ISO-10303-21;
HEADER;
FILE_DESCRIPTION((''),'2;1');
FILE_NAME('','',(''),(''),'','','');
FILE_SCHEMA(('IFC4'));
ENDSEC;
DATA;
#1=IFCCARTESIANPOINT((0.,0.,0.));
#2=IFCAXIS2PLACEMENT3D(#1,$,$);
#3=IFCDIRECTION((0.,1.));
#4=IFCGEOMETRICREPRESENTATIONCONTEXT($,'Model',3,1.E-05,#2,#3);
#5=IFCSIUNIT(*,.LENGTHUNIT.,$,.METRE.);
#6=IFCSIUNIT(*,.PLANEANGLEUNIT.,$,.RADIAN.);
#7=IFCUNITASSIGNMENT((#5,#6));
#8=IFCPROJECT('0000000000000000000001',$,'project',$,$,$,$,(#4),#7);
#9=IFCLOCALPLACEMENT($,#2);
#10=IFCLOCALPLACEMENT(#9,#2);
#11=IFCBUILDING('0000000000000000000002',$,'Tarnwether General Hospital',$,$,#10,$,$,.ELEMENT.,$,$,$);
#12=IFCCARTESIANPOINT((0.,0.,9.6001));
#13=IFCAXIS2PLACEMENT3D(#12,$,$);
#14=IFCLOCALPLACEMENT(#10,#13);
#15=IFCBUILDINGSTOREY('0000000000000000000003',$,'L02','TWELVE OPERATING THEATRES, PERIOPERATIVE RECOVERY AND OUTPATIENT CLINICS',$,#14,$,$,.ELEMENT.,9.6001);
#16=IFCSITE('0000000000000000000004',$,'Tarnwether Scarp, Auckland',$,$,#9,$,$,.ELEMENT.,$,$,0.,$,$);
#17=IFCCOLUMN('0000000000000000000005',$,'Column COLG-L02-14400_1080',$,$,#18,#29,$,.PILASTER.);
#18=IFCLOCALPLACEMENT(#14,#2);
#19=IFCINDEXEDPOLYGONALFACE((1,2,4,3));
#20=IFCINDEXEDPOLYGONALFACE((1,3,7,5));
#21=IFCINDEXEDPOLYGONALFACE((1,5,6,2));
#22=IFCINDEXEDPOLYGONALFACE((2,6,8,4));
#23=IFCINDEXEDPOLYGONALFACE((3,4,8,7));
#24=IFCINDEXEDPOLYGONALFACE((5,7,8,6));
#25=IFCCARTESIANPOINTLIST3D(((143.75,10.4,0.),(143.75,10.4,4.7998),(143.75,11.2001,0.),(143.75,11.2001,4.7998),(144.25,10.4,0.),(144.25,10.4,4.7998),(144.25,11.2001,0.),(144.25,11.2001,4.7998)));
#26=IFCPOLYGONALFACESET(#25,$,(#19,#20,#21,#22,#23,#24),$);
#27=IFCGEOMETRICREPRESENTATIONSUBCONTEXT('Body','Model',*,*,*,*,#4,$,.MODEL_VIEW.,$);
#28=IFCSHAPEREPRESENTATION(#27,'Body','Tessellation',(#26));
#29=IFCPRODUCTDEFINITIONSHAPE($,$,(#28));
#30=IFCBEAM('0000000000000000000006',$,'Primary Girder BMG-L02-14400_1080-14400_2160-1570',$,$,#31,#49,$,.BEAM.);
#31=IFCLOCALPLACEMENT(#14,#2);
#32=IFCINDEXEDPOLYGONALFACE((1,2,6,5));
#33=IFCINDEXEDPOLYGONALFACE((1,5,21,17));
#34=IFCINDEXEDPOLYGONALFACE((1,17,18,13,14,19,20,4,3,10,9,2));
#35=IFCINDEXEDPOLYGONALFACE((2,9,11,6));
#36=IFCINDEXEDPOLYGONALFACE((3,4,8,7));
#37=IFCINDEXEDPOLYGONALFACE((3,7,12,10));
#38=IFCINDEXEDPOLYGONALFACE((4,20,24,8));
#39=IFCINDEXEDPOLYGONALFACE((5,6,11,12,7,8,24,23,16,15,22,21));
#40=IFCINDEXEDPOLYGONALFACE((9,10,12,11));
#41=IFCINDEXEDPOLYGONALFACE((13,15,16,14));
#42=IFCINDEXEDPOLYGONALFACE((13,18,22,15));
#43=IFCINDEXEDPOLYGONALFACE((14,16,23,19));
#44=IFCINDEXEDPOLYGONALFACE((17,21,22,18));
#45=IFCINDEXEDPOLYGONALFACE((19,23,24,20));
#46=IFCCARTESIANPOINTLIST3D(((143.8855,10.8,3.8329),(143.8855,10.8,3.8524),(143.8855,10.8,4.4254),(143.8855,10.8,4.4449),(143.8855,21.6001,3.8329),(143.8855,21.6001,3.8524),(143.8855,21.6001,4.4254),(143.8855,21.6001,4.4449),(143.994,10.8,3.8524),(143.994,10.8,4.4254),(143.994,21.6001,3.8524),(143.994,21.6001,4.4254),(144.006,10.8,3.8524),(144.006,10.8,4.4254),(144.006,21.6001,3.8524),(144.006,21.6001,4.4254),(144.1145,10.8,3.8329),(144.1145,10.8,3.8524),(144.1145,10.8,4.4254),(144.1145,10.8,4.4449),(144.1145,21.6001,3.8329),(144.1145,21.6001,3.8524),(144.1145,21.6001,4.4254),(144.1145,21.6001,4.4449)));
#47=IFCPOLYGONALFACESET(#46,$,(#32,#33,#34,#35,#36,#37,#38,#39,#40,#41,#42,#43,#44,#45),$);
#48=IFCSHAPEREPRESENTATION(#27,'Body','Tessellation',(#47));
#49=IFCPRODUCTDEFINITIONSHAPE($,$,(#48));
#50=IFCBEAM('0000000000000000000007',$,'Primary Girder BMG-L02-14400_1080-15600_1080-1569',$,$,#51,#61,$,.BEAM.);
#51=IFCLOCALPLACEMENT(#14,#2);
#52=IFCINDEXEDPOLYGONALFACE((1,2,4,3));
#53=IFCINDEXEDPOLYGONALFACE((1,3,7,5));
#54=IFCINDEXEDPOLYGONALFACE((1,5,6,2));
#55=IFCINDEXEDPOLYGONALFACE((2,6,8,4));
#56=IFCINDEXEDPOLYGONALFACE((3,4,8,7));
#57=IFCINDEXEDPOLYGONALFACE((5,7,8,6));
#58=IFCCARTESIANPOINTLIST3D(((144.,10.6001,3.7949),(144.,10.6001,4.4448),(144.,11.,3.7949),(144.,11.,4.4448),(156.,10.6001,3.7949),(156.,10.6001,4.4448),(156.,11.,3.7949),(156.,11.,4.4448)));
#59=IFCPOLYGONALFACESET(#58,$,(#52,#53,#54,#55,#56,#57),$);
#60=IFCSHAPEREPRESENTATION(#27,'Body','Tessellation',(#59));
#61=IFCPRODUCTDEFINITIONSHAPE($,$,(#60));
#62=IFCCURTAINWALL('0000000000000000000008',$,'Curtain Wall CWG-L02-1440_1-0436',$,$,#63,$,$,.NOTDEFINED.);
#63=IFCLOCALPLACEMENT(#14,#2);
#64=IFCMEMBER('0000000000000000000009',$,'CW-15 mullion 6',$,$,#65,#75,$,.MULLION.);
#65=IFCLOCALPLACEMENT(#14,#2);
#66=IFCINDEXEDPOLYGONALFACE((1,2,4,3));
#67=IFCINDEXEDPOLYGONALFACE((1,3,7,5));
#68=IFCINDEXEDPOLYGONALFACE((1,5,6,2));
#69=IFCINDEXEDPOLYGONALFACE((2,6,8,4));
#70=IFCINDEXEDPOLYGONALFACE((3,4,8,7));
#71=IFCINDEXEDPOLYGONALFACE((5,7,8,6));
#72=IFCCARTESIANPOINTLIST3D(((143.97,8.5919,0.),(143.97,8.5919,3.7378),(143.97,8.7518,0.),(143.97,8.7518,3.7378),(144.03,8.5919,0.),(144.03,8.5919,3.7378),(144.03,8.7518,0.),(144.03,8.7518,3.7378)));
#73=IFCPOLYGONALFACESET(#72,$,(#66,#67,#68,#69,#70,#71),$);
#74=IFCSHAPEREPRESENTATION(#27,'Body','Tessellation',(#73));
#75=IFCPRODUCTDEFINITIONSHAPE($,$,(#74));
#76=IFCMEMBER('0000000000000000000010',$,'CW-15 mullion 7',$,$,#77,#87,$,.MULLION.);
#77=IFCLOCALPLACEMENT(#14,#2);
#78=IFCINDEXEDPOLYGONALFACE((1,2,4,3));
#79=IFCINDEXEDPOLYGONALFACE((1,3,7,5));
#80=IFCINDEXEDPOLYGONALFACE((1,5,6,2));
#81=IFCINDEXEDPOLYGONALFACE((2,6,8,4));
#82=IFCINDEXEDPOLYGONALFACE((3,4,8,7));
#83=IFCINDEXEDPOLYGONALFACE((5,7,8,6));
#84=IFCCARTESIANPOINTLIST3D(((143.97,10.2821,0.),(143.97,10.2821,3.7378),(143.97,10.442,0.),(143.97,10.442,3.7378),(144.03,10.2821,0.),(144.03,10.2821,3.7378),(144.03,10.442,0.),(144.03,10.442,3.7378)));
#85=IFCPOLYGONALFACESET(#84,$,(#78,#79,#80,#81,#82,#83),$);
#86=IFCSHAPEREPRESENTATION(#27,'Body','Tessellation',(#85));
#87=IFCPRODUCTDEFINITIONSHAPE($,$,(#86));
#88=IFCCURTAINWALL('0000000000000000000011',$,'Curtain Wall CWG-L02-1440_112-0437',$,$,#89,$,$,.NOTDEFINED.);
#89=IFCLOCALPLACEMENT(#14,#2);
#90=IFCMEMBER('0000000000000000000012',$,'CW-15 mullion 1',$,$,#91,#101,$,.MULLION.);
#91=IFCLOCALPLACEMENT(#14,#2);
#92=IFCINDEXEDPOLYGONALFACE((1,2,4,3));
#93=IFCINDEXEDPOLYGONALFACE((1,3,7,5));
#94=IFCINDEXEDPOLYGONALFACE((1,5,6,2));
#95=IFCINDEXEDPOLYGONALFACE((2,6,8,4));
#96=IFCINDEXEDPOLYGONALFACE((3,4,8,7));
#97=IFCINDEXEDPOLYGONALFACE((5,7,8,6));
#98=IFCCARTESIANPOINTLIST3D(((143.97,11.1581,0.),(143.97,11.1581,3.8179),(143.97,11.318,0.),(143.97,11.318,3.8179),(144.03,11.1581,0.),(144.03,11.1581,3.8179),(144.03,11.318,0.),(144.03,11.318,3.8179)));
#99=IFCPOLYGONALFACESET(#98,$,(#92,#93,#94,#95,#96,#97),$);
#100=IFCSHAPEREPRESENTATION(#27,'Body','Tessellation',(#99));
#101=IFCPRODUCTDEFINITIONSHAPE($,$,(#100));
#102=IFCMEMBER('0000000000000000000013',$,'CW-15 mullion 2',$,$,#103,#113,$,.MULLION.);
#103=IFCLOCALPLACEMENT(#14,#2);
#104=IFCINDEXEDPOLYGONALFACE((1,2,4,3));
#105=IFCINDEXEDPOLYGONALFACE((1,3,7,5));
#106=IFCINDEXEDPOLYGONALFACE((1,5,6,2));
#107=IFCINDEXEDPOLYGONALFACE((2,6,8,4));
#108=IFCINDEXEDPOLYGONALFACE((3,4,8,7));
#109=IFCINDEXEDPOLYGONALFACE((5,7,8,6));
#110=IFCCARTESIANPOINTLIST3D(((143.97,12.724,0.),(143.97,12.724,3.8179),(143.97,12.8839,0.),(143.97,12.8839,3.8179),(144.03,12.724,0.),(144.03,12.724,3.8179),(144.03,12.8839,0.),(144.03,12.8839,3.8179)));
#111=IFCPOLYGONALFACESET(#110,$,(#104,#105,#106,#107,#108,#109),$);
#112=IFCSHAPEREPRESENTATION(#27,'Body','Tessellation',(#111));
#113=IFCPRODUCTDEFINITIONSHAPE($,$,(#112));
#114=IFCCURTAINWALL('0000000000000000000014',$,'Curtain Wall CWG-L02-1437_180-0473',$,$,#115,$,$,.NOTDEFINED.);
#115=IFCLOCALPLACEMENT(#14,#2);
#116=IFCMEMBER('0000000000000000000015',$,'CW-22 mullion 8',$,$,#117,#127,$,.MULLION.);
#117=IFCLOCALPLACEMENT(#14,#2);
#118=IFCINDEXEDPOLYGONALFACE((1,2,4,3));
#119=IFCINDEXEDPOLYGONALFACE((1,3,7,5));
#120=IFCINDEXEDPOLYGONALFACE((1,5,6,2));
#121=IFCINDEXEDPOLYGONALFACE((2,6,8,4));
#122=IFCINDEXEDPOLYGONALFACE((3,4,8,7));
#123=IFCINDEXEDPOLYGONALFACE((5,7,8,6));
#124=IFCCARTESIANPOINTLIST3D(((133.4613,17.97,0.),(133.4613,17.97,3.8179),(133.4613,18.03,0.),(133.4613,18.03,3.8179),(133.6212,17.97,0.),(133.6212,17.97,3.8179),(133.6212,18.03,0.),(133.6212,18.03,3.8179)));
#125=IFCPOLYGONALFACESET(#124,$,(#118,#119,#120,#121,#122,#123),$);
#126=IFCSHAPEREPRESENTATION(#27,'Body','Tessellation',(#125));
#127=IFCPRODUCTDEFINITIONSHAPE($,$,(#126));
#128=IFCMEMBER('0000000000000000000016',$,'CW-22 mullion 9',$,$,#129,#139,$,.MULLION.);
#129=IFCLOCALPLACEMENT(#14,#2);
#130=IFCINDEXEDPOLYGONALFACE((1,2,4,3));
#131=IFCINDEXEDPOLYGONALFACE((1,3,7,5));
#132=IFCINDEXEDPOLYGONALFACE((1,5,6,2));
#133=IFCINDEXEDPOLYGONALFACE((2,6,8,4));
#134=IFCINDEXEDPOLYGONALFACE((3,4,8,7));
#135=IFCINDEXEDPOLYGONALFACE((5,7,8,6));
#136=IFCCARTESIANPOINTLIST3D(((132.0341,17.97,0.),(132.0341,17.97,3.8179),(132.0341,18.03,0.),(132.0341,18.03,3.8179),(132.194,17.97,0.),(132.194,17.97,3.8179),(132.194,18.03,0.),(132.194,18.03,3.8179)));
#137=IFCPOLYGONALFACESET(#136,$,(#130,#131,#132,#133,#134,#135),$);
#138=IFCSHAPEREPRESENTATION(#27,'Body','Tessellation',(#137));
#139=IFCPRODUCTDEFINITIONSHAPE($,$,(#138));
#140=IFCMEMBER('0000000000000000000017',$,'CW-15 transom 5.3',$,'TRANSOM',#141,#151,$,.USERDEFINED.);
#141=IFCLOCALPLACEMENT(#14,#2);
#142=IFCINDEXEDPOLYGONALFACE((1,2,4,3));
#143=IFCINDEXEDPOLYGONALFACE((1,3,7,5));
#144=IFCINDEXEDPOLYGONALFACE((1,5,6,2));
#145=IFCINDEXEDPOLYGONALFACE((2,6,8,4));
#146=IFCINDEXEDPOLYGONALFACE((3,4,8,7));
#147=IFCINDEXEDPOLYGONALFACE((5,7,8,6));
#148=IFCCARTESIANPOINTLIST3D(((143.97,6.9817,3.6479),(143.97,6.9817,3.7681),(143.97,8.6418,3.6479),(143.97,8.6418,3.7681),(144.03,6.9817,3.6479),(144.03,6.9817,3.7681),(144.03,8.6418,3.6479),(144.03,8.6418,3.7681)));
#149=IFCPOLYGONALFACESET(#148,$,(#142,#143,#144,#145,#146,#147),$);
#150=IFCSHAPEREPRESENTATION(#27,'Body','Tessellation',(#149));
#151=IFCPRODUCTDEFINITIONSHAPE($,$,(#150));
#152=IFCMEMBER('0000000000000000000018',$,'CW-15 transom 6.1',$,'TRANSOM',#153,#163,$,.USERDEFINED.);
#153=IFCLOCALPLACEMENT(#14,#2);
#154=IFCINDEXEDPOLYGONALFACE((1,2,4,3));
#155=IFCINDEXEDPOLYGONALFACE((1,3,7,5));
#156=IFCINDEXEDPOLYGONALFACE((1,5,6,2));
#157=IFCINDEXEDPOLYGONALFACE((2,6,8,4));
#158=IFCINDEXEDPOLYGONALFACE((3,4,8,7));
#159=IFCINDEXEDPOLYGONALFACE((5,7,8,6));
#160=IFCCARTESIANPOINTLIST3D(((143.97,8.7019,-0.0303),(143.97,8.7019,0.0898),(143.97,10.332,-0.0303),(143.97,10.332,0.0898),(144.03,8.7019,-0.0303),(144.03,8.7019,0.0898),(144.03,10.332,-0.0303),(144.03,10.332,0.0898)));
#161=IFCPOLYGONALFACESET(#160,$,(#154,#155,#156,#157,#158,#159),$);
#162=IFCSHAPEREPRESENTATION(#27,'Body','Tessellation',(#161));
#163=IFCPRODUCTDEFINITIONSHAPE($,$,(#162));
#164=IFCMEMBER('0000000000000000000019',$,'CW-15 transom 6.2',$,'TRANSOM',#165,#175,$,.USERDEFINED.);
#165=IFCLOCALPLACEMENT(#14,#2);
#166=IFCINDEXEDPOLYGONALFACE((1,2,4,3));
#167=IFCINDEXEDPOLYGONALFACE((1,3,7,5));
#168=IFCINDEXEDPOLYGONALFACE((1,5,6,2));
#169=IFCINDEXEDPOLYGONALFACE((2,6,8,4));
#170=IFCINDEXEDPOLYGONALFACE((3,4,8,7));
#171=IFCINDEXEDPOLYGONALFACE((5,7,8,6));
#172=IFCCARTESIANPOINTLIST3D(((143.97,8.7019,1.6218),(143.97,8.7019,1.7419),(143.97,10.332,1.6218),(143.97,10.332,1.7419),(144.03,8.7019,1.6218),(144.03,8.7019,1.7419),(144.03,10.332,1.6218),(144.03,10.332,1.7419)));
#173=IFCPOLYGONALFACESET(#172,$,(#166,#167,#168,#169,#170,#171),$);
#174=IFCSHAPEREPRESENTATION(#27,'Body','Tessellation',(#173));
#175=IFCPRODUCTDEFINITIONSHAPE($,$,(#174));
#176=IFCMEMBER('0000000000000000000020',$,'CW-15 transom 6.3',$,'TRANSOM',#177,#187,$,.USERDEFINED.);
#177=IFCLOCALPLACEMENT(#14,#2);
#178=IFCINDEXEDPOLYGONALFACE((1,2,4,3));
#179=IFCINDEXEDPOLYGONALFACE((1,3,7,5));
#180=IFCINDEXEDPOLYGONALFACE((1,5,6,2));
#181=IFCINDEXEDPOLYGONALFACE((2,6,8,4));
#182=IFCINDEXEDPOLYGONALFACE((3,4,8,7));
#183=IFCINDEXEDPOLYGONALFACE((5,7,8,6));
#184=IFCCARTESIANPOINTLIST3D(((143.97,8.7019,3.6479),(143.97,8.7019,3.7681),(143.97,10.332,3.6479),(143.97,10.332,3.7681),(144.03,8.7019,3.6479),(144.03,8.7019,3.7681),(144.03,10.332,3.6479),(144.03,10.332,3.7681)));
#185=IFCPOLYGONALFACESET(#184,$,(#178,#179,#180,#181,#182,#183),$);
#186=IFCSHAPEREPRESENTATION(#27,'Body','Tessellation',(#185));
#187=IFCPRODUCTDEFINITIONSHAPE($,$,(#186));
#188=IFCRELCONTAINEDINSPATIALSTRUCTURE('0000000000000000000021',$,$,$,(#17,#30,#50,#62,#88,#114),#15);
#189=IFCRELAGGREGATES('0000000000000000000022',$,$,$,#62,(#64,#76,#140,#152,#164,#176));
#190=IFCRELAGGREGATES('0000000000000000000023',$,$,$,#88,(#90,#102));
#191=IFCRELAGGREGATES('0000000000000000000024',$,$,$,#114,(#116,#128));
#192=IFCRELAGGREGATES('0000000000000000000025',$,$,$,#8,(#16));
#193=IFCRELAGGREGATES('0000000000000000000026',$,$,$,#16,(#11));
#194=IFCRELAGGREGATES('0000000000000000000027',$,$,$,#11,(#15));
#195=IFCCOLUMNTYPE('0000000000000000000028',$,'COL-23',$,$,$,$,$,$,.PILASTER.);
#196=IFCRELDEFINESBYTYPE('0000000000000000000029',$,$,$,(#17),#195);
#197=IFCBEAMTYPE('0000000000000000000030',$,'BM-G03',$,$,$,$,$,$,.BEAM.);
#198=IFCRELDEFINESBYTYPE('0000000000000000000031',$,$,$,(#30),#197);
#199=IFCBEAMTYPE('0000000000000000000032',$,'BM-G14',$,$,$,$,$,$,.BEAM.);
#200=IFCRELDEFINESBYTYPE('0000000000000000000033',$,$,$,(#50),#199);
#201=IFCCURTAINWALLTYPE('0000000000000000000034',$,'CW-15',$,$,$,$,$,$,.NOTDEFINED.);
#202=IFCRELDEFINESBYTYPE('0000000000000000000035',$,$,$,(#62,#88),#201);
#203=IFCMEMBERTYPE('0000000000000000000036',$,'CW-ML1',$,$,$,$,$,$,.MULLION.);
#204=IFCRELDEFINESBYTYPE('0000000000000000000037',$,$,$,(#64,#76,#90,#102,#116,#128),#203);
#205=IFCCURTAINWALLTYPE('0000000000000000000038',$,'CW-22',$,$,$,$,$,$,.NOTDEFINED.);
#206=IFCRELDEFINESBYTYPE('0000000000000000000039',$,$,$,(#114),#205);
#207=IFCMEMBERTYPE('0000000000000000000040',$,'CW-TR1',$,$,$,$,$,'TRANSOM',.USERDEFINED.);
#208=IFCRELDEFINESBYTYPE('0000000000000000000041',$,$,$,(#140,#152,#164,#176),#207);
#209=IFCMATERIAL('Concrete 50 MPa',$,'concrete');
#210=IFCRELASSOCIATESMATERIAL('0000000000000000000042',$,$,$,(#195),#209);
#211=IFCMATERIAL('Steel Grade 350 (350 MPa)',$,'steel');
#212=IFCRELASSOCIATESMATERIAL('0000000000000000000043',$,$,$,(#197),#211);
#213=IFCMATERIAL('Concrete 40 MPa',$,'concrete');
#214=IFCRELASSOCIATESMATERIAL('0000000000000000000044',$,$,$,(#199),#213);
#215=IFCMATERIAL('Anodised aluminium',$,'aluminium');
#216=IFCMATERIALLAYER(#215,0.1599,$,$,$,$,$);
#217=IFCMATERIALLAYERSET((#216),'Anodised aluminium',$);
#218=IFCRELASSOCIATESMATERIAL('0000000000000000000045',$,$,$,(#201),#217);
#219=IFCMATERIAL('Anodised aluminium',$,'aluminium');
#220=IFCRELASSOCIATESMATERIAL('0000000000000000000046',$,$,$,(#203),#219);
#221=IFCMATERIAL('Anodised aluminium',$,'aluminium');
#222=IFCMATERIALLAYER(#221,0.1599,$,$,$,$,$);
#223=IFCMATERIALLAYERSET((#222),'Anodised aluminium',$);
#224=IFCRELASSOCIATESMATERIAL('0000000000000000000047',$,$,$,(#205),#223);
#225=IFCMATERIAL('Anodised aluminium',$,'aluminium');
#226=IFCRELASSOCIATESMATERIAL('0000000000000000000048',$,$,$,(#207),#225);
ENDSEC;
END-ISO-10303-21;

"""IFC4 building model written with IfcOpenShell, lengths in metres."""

from ifc_helpers import new_model, si_unit, direction, frame, origin, origin_2d, place, context, subcontext, project, spatial, rectangle, i_section, extrude, material, layer, layer_set, material_profile, profile_set, type_object, element, aggregate, save


model = new_model("IFC4")

# Units and contexts
model_context = context("Model", 3, precision=1e-05, world=origin(), true_north=direction((0.0, 1.0)))
body_context = subcontext(model_context, "Body", "Model", "MODEL_VIEW")
ifc_project = project(units=[si_unit("LENGTHUNIT", "METRE"), si_unit("PLANEANGLEUNIT", "RADIAN")], contexts=[model_context])

# Site, building, storey
site_placement = place(None, origin())
site = spatial("IfcSite", under=ifc_project, at=site_placement, Name="Tarnwether Scarp, Auckland", CompositionType="ELEMENT", RefElevation=0.0)
building_placement = place(site_placement, origin())
building = spatial("IfcBuilding", under=site, at=building_placement, Name="Tarnwether General Hospital", CompositionType="ELEMENT")
storey_placement = place(building_placement, frame((0.0, 0.0, 9.6001)))
storey = spatial("IfcBuildingStorey", under=building, at=storey_placement, Name="L02", Description="TWELVE OPERATING THEATRES, PERIOPERATIVE RECOVERY AND OUTPATIENT CLINICS", CompositionType="ELEMENT", Elevation=9.6001)

# Column
ifc_material_1 = material(Name="Concrete 50 MPa", Category="concrete")
ifc_material_profile_1 = material_profile(ifc_material_1, rectangle(XDim=0.5, YDim=0.8, at=origin_2d()), Name="RC-PIL-500x800")
ifc_profile_set_1 = profile_set([ifc_material_profile_1], Name="Concrete 50 MPa")
column_type = type_object("IfcColumnType", Name="COL-23", PredefinedType="PILASTER", material=ifc_profile_set_1)
column_placement = place(storey_placement, frame((144.0, 10.8, 0.0), z_axis=(0.0, 0.0, 1.0), x_axis=(1.0, 0.0, 0.0)))
element("IfcColumn", 1, at=column_placement, inside=storey, type_object=column_type, Name="Column COLG-L02-14400_1080", PredefinedType="PILASTER", context=body_context, shape_type="SweptSolid", body=[
    extrude(rectangle(XDim=0.5, YDim=0.8, at=origin_2d()), origin(), (0.0, 0.0, 1.0), 4.7998),
])

# Beams
ifc_material_2 = material(Name="Steel Grade 350 (350 MPa)", Category="steel")
ifc_material_profile_2 = material_profile(ifc_material_2, i_section(OverallWidth=0.229, OverallDepth=0.6121, WebThickness=0.012, FlangeThickness=0.0195, at=origin_2d()), Name="610UB125")
ifc_profile_set_2 = profile_set([ifc_material_profile_2], Name="Steel Grade 350 (350 MPa)")
beam_type_1 = type_object("IfcBeamType", Name="BM-G03", PredefinedType="BEAM", material=ifc_profile_set_2)
beam_1_placement = place(storey_placement, frame((144.0, 10.8, 4.1389), z_axis=(0.0, 1.0, 0.0), x_axis=(-1.0, 0.0, 0.0)))
element("IfcBeam", 2, at=beam_1_placement, inside=storey, type_object=beam_type_1, Name="Primary Girder BMG-L02-14400_1080-14400_2160-1570", PredefinedType="BEAM", context=body_context, shape_type="SweptSolid", body=[
    extrude(i_section(OverallWidth=0.229, OverallDepth=0.6121, WebThickness=0.012, FlangeThickness=0.0195, at=origin_2d()), origin(), (0.0, 0.0, 1.0), 10.8),
])
ifc_material_3 = material(Name="Concrete 40 MPa", Category="concrete")
ifc_material_profile_3 = material_profile(ifc_material_3, rectangle(XDim=0.3999, YDim=0.6499, at=origin_2d()), Name="RC-BM-400x650")
ifc_profile_set_3 = profile_set([ifc_material_profile_3], Name="Concrete 40 MPa")
beam_type_2 = type_object("IfcBeamType", Name="BM-G14", PredefinedType="BEAM", material=ifc_profile_set_3)
beam_2_placement = place(storey_placement, frame((144.0, 10.8, 4.1199), z_axis=(1.0, 0.0, 0.0), x_axis=(0.0, 1.0, 0.0)))
element("IfcBeam", 3, at=beam_2_placement, inside=storey, type_object=beam_type_2, Name="Primary Girder BMG-L02-14400_1080-15600_1080-1569", PredefinedType="BEAM", context=body_context, shape_type="SweptSolid", body=[
    extrude(rectangle(XDim=0.3999, YDim=0.6499, at=origin_2d()), origin(), (0.0, 0.0, 1.0), 12.0),
])

# Curtain walls, members
ifc_material_4 = material(Name="Anodised aluminium", Category="aluminium")
ifc_layer_1 = layer(ifc_material_4, 0.1599)
ifc_layer_set_1 = layer_set([ifc_layer_1], Name="Anodised aluminium")
curtain_wall_type_1 = type_object("IfcCurtainWallType", Name="CW-15", PredefinedType="NOTDEFINED", material=ifc_layer_set_1)
curtain_wall_1_placement = place(storey_placement, origin())
curtain_wall_1 = element("IfcCurtainWall", 4, at=curtain_wall_1_placement, inside=storey, type_object=curtain_wall_type_1, Name="Curtain Wall CWG-L02-1440_1-0436", PredefinedType="NOTDEFINED")
ifc_material_5 = material(Name="Anodised aluminium", Category="aluminium")
ifc_material_profile_4 = material_profile(ifc_material_5, rectangle(XDim=0.0601, YDim=0.1599, at=origin_2d()), Name="ALU-MUL-60x160")
ifc_profile_set_4 = profile_set([ifc_material_profile_4], Name="Anodised aluminium")
member_type_1 = type_object("IfcMemberType", Name="CW-ML1", PredefinedType="MULLION", material=ifc_profile_set_4)
member_1_placement = place(storey_placement, frame((144.0, 8.6719, 0.0), z_axis=(0.0, 0.0, 1.0), x_axis=(-1.0, 0.0, 0.0)))
member_1 = element("IfcMember", 5, at=member_1_placement, type_object=member_type_1, Name="CW-15 mullion 6", PredefinedType="MULLION", context=body_context, shape_type="SweptSolid", body=[
    extrude(rectangle(XDim=0.0601, YDim=0.1599, at=origin_2d()), origin(), (0.0, 0.0, 1.0), 3.7378),
])
member_2_placement = place(storey_placement, frame((144.0, 10.3621, 0.0), z_axis=(0.0, 0.0, 1.0), x_axis=(-1.0, 0.0, 0.0)))
member_2 = element("IfcMember", 6, at=member_2_placement, type_object=member_type_1, Name="CW-15 mullion 7", PredefinedType="MULLION", context=body_context, shape_type="SweptSolid", body=[
    extrude(rectangle(XDim=0.0601, YDim=0.1599, at=origin_2d()), origin(), (0.0, 0.0, 1.0), 3.7378),
])
curtain_wall_2_placement = place(storey_placement, origin())
curtain_wall_2 = element("IfcCurtainWall", 7, at=curtain_wall_2_placement, inside=storey, type_object=curtain_wall_type_1, Name="Curtain Wall CWG-L02-1440_112-0437", PredefinedType="NOTDEFINED")
member_3_placement = place(storey_placement, frame((144.0, 11.238, 0.0), z_axis=(0.0, 0.0, 1.0), x_axis=(-1.0, 0.0, 0.0)))
member_3 = element("IfcMember", 8, at=member_3_placement, type_object=member_type_1, Name="CW-15 mullion 1", PredefinedType="MULLION", context=body_context, shape_type="SweptSolid", body=[
    extrude(rectangle(XDim=0.0601, YDim=0.1599, at=origin_2d()), origin(), (0.0, 0.0, 1.0), 3.8179),
])
member_4_placement = place(storey_placement, frame((144.0, 12.804, 0.0), z_axis=(0.0, 0.0, 1.0), x_axis=(-1.0, 0.0, 0.0)))
member_4 = element("IfcMember", 9, at=member_4_placement, type_object=member_type_1, Name="CW-15 mullion 2", PredefinedType="MULLION", context=body_context, shape_type="SweptSolid", body=[
    extrude(rectangle(XDim=0.0601, YDim=0.1599, at=origin_2d()), origin(), (0.0, 0.0, 1.0), 3.8179),
])
ifc_material_6 = material(Name="Anodised aluminium", Category="aluminium")
ifc_layer_2 = layer(ifc_material_6, 0.1599)
ifc_layer_set_2 = layer_set([ifc_layer_2], Name="Anodised aluminium")
curtain_wall_type_2 = type_object("IfcCurtainWallType", Name="CW-22", PredefinedType="NOTDEFINED", material=ifc_layer_set_2)
curtain_wall_3_placement = place(storey_placement, origin())
curtain_wall_3 = element("IfcCurtainWall", 10, at=curtain_wall_3_placement, inside=storey, type_object=curtain_wall_type_2, Name="Curtain Wall CWG-L02-1437_180-0473", PredefinedType="NOTDEFINED")
member_5_placement = place(storey_placement, frame((133.5413, 18.0, 0.0), z_axis=(0.0, 0.0, 1.0), x_axis=(0.0, -1.0, 0.0)))
member_5 = element("IfcMember", 11, at=member_5_placement, type_object=member_type_1, Name="CW-22 mullion 8", PredefinedType="MULLION", context=body_context, shape_type="SweptSolid", body=[
    extrude(rectangle(XDim=0.0601, YDim=0.1599, at=origin_2d()), origin(), (0.0, 0.0, 1.0), 3.8179),
])
member_6_placement = place(storey_placement, frame((132.114, 18.0, 0.0), z_axis=(0.0, 0.0, 1.0), x_axis=(0.0, -1.0, 0.0)))
member_6 = element("IfcMember", 12, at=member_6_placement, type_object=member_type_1, Name="CW-22 mullion 9", PredefinedType="MULLION", context=body_context, shape_type="SweptSolid", body=[
    extrude(rectangle(XDim=0.0601, YDim=0.1599, at=origin_2d()), origin(), (0.0, 0.0, 1.0), 3.8179),
])

# Members
ifc_material_7 = material(Name="Anodised aluminium", Category="aluminium")
ifc_material_profile_5 = material_profile(ifc_material_7, rectangle(XDim=0.0601, YDim=0.1201, at=origin_2d()), Name="ALU-TRN-60x120")
ifc_profile_set_5 = profile_set([ifc_material_profile_5], Name="Anodised aluminium")
member_type_2 = type_object("IfcMemberType", Name="CW-TR1", ElementType="TRANSOM", PredefinedType="USERDEFINED", material=ifc_profile_set_5)
member_7_placement = place(storey_placement, frame((144.0, 6.9817, 3.708), z_axis=(0.0, 1.0, 0.0), x_axis=(-1.0, 0.0, 0.0)))
member_7 = element("IfcMember", 13, at=member_7_placement, type_object=member_type_2, Name="CW-15 transom 5.3", ObjectType="TRANSOM", PredefinedType="USERDEFINED", context=body_context, shape_type="SweptSolid", body=[
    extrude(rectangle(XDim=0.0601, YDim=0.1201, at=origin_2d()), origin(), (0.0, 0.0, 1.0), 1.6602),
])
member_8_placement = place(storey_placement, frame((144.0, 8.7019, 0.0298), z_axis=(0.0, 1.0, 0.0), x_axis=(-1.0, 0.0, 0.0)))
member_8 = element("IfcMember", 14, at=member_8_placement, type_object=member_type_2, Name="CW-15 transom 6.1", ObjectType="TRANSOM", PredefinedType="USERDEFINED", context=body_context, shape_type="SweptSolid", body=[
    extrude(rectangle(XDim=0.0601, YDim=0.1201, at=origin_2d()), origin(), (0.0, 0.0, 1.0), 1.6301),
])
member_9_placement = place(storey_placement, frame((144.0, 8.7019, 1.6819), z_axis=(0.0, 1.0, 0.0), x_axis=(-1.0, 0.0, 0.0)))
member_9 = element("IfcMember", 15, at=member_9_placement, type_object=member_type_2, Name="CW-15 transom 6.2", ObjectType="TRANSOM", PredefinedType="USERDEFINED", context=body_context, shape_type="SweptSolid", body=[
    extrude(rectangle(XDim=0.0601, YDim=0.1201, at=origin_2d()), origin(), (0.0, 0.0, 1.0), 1.6301),
])
member_10_placement = place(storey_placement, frame((144.0, 8.7019, 3.708), z_axis=(0.0, 1.0, 0.0), x_axis=(-1.0, 0.0, 0.0)))
member_10 = element("IfcMember", 16, at=member_10_placement, type_object=member_type_2, Name="CW-15 transom 6.3", ObjectType="TRANSOM", PredefinedType="USERDEFINED", context=body_context, shape_type="SweptSolid", body=[
    extrude(rectangle(XDim=0.0601, YDim=0.1201, at=origin_2d()), origin(), (0.0, 0.0, 1.0), 1.6301),
])

aggregate(curtain_wall_1, [member_1, member_2, member_7, member_8, member_9, member_10])
aggregate(curtain_wall_2, [member_3, member_4])
aggregate(curtain_wall_3, [member_5, member_6])

save(model, "model.ifc")
